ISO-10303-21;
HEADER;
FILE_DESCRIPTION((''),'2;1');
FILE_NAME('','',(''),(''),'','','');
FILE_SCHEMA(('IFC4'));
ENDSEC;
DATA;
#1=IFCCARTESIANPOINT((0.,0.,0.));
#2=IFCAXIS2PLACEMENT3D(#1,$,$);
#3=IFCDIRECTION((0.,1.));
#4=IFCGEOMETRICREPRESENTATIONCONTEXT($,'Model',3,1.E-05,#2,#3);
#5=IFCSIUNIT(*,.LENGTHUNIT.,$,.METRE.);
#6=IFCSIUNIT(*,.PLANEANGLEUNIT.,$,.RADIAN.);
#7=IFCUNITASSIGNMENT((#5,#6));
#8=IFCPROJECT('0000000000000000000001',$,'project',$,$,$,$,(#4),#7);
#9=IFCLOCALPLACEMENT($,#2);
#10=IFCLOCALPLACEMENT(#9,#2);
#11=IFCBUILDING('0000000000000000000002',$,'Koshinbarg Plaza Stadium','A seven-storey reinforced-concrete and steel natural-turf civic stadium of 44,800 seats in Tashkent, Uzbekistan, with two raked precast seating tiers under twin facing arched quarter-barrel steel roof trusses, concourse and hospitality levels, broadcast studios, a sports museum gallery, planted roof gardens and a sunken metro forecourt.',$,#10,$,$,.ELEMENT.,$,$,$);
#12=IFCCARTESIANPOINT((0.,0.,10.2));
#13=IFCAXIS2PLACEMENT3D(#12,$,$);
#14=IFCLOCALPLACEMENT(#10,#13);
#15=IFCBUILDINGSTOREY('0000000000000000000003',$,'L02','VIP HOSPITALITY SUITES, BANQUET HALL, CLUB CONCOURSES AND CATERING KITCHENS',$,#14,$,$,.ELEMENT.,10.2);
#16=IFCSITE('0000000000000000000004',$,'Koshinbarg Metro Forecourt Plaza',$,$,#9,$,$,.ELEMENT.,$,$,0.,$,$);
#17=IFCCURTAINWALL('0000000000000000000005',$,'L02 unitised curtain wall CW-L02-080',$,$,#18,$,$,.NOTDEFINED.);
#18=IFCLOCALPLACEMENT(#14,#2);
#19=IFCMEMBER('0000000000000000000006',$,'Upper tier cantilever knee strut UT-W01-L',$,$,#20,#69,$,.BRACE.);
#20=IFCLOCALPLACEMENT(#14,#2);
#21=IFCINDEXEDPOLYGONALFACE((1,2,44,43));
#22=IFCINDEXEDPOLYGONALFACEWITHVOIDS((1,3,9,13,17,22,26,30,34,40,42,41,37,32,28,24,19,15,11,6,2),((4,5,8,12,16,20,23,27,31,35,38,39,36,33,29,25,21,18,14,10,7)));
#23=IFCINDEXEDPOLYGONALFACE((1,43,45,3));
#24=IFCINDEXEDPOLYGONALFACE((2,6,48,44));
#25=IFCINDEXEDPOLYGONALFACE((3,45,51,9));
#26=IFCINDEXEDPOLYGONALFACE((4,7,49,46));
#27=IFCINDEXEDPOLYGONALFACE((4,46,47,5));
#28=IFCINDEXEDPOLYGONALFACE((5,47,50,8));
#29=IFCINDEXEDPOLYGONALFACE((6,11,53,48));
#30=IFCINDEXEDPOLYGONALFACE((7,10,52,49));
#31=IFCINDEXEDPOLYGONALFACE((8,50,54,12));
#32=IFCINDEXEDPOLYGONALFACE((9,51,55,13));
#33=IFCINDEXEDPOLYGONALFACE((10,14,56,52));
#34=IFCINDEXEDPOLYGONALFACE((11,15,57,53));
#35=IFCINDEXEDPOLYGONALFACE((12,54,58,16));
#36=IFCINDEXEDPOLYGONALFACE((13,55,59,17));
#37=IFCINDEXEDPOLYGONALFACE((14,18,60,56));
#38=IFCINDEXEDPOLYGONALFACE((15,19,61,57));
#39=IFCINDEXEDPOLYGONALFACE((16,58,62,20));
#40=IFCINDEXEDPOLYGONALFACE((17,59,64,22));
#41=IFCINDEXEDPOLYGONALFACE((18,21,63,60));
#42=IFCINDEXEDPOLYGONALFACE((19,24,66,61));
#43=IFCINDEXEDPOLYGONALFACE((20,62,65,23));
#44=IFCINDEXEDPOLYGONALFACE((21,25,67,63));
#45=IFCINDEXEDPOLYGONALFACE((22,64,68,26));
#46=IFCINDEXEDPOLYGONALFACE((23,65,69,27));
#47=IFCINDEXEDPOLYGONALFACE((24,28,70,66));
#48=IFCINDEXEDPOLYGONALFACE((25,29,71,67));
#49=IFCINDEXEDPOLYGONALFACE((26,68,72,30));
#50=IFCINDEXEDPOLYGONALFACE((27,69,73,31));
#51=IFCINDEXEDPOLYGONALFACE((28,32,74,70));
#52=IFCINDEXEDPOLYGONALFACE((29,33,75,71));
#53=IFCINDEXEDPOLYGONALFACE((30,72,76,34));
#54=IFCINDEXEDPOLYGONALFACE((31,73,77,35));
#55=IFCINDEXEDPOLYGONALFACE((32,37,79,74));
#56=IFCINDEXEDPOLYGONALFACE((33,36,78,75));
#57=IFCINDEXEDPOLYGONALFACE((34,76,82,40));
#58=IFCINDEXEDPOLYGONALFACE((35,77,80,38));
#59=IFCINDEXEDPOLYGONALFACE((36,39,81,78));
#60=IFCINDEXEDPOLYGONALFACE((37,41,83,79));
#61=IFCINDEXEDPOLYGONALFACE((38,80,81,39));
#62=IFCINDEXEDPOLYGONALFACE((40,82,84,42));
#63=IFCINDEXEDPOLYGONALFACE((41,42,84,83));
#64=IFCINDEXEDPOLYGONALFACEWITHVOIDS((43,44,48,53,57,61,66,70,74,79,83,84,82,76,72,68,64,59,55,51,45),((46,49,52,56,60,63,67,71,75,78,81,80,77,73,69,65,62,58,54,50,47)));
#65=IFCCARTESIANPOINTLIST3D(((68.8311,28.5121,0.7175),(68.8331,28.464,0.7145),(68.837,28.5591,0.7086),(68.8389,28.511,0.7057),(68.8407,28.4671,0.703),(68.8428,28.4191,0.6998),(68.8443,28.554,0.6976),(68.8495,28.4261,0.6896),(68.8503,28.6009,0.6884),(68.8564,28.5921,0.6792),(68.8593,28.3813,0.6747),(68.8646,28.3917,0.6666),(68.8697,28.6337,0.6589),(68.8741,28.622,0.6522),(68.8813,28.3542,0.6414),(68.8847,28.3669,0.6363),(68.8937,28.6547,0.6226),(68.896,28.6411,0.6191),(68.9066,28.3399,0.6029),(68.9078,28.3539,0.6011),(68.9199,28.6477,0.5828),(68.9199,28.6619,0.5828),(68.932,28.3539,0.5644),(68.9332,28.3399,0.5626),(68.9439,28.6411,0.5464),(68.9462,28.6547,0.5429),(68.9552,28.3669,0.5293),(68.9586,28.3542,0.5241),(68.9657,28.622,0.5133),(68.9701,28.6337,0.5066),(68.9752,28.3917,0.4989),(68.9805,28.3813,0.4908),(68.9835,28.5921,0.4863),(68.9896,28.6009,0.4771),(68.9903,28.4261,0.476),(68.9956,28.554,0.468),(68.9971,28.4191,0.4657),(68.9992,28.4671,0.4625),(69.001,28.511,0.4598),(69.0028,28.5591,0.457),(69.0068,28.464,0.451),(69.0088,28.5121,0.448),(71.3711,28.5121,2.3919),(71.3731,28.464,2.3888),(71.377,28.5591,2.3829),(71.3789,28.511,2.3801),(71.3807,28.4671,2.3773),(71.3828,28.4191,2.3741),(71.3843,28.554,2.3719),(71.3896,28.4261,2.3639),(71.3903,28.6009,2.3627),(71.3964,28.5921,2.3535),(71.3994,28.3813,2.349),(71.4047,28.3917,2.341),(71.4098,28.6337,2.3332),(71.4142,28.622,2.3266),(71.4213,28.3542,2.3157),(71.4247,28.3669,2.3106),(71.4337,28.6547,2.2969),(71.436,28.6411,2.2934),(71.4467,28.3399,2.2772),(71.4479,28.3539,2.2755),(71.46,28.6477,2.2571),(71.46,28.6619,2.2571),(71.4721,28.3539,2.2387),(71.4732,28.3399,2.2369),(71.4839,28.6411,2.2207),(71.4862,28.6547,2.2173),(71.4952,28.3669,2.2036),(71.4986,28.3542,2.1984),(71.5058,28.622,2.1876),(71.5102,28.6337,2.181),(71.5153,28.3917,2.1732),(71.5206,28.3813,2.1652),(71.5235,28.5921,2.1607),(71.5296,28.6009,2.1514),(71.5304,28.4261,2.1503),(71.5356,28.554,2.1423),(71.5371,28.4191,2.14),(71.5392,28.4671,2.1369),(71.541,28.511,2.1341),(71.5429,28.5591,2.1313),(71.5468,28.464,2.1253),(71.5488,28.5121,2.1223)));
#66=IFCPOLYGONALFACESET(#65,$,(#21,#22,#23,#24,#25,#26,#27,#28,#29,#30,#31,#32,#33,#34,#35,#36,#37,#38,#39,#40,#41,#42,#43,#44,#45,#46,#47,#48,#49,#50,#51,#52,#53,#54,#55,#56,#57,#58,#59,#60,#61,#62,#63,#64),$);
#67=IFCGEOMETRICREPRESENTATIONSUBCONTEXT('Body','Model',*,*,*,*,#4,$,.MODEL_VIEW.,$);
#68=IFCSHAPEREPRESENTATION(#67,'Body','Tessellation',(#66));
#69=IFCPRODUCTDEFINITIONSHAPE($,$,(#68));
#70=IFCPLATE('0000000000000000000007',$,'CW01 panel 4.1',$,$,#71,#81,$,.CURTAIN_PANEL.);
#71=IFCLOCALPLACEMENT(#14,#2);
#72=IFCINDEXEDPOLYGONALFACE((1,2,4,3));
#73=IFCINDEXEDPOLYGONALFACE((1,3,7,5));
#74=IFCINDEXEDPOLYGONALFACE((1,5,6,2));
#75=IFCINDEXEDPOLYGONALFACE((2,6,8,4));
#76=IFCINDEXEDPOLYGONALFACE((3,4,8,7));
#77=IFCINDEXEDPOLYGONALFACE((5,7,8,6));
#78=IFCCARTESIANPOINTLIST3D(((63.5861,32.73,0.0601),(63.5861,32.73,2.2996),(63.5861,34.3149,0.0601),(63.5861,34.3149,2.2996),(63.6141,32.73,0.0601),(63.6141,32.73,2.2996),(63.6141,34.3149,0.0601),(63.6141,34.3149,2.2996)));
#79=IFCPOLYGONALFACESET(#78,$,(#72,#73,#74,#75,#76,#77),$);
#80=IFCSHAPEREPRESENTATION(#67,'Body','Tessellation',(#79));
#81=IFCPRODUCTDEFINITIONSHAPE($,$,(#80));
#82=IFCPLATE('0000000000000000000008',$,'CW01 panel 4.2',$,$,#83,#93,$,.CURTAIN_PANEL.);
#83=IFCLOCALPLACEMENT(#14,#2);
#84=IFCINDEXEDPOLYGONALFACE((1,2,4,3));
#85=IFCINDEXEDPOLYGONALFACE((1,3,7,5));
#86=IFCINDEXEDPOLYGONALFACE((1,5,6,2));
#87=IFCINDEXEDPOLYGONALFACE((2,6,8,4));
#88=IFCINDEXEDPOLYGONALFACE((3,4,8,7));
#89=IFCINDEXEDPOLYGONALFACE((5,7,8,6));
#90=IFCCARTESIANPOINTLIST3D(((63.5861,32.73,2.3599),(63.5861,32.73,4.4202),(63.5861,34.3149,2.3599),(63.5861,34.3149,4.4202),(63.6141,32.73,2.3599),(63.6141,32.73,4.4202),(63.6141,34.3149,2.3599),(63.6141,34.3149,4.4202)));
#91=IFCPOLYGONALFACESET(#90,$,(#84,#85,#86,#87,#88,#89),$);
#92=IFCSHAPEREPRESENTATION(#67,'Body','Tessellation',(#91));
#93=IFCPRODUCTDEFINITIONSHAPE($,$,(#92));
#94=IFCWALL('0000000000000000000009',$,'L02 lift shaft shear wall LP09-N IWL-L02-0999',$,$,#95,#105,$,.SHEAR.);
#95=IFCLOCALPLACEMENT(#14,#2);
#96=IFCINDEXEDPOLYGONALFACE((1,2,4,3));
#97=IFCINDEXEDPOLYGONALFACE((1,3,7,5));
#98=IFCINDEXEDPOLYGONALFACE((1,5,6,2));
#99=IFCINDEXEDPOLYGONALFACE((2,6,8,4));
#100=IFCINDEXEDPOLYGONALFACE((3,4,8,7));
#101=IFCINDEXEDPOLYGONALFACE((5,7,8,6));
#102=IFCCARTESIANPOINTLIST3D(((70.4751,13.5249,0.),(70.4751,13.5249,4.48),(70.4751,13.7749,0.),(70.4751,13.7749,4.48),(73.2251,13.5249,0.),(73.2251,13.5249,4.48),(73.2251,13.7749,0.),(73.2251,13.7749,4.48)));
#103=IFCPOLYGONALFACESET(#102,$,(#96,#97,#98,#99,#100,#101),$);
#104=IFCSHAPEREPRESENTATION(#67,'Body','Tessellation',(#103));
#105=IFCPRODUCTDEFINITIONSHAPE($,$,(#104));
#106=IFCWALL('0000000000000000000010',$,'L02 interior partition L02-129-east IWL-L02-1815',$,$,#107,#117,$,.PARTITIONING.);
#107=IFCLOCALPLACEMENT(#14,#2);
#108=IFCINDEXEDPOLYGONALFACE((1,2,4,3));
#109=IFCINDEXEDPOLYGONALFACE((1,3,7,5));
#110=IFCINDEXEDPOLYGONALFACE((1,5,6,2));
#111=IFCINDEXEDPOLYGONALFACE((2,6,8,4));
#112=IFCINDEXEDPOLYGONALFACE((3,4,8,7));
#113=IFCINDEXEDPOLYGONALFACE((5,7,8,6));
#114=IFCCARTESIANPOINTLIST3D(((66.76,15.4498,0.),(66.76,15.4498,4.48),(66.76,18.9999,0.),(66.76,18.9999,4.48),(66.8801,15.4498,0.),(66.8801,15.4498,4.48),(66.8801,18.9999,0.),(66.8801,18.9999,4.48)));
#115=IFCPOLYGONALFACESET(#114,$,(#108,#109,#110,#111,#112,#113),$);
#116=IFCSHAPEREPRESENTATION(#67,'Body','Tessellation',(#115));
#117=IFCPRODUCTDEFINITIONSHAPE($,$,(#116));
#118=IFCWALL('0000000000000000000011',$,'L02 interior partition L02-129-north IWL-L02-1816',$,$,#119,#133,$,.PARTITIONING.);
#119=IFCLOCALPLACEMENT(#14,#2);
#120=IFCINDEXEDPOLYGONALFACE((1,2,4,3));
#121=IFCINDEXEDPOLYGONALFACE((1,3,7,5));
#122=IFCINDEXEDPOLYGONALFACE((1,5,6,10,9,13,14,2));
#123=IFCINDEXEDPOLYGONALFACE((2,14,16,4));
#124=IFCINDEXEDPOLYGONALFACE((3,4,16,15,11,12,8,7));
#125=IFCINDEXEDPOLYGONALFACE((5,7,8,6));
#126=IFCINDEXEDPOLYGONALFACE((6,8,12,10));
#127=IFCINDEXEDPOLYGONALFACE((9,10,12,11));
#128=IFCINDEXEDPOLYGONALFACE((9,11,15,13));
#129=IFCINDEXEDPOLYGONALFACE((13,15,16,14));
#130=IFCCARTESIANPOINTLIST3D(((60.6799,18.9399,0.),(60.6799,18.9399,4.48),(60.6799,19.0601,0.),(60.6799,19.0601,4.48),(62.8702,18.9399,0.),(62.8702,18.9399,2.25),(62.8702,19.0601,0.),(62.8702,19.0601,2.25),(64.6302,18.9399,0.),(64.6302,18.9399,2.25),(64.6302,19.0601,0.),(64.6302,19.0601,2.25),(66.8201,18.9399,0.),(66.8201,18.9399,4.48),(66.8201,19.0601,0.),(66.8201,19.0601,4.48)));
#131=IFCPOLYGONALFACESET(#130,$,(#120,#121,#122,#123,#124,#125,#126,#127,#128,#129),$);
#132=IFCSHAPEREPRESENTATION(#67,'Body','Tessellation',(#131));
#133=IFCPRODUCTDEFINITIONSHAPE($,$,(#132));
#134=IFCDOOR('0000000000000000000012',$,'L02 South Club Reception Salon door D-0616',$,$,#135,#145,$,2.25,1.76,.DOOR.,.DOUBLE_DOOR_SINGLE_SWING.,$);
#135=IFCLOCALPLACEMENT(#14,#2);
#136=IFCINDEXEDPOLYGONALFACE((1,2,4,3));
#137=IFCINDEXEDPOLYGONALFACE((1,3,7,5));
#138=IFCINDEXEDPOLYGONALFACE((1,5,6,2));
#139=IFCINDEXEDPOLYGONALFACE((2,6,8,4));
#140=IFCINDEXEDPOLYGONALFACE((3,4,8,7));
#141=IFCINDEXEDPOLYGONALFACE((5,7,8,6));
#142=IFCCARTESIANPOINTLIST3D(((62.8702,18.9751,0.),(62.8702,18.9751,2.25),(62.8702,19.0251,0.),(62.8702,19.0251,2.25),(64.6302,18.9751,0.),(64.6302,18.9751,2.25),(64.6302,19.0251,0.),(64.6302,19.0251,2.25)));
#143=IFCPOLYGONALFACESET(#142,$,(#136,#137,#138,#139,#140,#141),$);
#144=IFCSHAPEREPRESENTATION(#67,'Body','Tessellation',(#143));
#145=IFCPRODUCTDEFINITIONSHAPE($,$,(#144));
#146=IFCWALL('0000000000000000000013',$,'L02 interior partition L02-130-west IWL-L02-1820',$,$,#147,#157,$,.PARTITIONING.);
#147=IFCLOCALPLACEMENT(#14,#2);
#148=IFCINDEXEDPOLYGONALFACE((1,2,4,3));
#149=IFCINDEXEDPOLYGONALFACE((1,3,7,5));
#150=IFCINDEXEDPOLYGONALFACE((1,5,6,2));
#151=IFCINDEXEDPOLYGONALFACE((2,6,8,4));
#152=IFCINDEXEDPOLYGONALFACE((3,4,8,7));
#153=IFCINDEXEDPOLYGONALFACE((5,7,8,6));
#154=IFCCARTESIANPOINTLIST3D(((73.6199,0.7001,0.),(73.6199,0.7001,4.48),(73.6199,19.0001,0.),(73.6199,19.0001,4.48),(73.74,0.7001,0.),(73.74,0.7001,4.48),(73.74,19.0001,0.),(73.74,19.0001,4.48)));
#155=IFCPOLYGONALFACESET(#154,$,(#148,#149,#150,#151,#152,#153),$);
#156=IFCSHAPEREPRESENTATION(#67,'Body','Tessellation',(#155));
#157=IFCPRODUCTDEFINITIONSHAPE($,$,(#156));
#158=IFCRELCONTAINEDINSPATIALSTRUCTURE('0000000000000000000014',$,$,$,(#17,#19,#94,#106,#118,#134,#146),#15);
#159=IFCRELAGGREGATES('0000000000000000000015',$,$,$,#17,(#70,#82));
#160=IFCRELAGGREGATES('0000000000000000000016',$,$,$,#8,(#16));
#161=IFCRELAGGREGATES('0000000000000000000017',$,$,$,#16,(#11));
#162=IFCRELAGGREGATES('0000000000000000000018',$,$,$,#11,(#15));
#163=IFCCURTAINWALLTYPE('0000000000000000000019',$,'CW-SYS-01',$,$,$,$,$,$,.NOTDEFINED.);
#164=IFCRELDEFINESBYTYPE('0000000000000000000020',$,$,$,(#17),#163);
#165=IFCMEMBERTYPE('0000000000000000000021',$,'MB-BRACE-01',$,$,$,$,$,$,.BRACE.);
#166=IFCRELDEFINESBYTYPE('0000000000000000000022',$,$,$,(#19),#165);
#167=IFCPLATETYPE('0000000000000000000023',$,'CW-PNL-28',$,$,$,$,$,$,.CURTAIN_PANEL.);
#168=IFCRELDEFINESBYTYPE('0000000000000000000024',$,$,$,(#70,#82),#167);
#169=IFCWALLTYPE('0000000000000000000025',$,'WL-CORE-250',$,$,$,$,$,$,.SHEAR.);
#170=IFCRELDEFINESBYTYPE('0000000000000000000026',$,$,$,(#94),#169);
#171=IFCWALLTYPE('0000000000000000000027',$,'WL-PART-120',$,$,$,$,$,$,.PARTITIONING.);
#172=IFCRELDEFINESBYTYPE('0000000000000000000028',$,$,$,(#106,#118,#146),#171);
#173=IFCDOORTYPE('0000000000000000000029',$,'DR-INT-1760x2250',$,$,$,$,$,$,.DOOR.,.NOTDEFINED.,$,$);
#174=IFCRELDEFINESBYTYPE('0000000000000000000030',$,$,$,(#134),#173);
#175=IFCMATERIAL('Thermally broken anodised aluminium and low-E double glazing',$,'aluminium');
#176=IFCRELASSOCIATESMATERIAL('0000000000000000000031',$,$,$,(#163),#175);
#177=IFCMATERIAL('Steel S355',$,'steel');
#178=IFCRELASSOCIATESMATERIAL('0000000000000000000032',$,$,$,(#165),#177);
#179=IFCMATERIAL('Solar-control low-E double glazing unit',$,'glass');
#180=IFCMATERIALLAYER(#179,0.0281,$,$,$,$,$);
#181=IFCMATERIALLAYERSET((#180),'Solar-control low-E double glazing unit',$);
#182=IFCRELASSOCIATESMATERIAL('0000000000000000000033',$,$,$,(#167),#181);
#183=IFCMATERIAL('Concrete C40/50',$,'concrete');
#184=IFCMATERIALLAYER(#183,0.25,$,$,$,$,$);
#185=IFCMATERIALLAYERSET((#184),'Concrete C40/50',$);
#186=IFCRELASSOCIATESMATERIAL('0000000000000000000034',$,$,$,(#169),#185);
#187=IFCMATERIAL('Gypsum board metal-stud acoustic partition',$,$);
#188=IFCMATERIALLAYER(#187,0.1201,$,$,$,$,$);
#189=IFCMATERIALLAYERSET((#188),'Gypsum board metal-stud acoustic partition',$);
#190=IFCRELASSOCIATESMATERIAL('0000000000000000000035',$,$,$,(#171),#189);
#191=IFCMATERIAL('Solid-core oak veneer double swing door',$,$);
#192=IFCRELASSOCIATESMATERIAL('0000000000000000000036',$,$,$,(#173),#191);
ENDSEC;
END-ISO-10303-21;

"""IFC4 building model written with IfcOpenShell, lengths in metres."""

from ifc_helpers import new_model, si_unit, direction, frame, frame_2d, origin, origin_2d, place, context, subcontext, project, spatial, rectangle, hollow_circle, extrude, material, layer, layer_set, material_profile, profile_set, type_object, element, fill, aggregate, save


model = new_model("IFC4")

# Units and contexts
model_context = context("Model", 3, precision=1e-05, world=origin(), true_north=direction((0.0, 1.0)))
body_context = subcontext(model_context, "Body", "Model", "MODEL_VIEW")
ifc_project = project(units=[si_unit("LENGTHUNIT", "METRE"), si_unit("PLANEANGLEUNIT", "RADIAN")], contexts=[model_context])

# Site, building, storey
site_placement = place(None, origin())
site = spatial("IfcSite", under=ifc_project, at=site_placement, Name="Koshinbarg Metro Forecourt Plaza", CompositionType="ELEMENT", RefElevation=0.0)
building_placement = place(site_placement, origin())
building = spatial("IfcBuilding", under=site, at=building_placement, Name="Koshinbarg Plaza Stadium", Description="A seven-storey reinforced-concrete and steel natural-turf civic stadium of 44,800 seats in Tashkent, Uzbekistan, with two raked precast seating tiers under twin facing arched quarter-barrel steel roof trusses, concourse and hospitality levels, broadcast studios, a sports museum gallery, planted roof gardens and a sunken metro forecourt.", CompositionType="ELEMENT")
storey_placement = place(building_placement, frame((0.0, 0.0, 10.2)))
storey = spatial("IfcBuildingStorey", under=building, at=storey_placement, Name="L02", Description="VIP HOSPITALITY SUITES, BANQUET HALL, CLUB CONCOURSES AND CATERING KITCHENS", CompositionType="ELEMENT", Elevation=10.2)

# Shared definitions
ifc_material_1 = material(Name="Concrete C40/50", Category="concrete")

# Shared definitions
ifc_material_2 = material(Name="Steel S355", Category="steel")

# Curtain wall
ifc_material_3 = material(Name="Thermally broken anodised aluminium and low-E double glazing", Category="aluminium")
curtain_wall_type = type_object("IfcCurtainWallType", Name="CW-SYS-01", PredefinedType="NOTDEFINED", material=ifc_material_3)
curtain_wall_placement = place(storey_placement, origin())
curtain_wall = element("IfcCurtainWall", 1, at=curtain_wall_placement, inside=storey, type_object=curtain_wall_type, Name="L02 unitised curtain wall CW-L02-080", PredefinedType="NOTDEFINED")

# Member
ifc_material_profile_1 = material_profile(ifc_material_2, hollow_circle(Radius=0.1619, WallThickness=0.0142, at=origin_2d()), Name="CHS 323.9x14.2")
ifc_profile_set_1 = profile_set([ifc_material_profile_1], Name="Steel S355")
member_type_1 = type_object("IfcMemberType", Name="MB-BRACE-01", PredefinedType="BRACE", material=ifc_profile_set_1)
member_1_placement = place(storey_placement, frame((68.9199, 28.5, 0.5828), z_axis=(0.834928, 0.0, 0.550359), x_axis=(0.0, 1.0, 0.0)))
element("IfcMember", 2, at=member_1_placement, inside=storey, type_object=member_type_1, Name="Upper tier cantilever knee strut UT-W01-L", PredefinedType="BRACE", context=body_context, shape_type="SweptSolid", body=[
    extrude(hollow_circle(Radius=0.1619, WallThickness=0.0142, at=origin_2d()), origin(), (0.0, 0.0, 1.0), 3.0422),
])

# Plates
ifc_material_4 = material(Name="Solar-control low-E double glazing unit", Category="glass")
ifc_layer_1 = layer(ifc_material_4, 0.0281)
ifc_layer_set_1 = layer_set([ifc_layer_1], Name="Solar-control low-E double glazing unit")
plate_type = type_object("IfcPlateType", Name="CW-PNL-28", PredefinedType="CURTAIN_PANEL", material=ifc_layer_set_1)
plate_1_placement = place(storey_placement, frame((63.6001, 33.5225, 0.0601), z_axis=(0.0, 0.0, 1.0), x_axis=(0.0, -1.0, 0.0)))
plate_1 = element("IfcPlate", 3, at=plate_1_placement, type_object=plate_type, Name="CW01 panel 4.1", PredefinedType="CURTAIN_PANEL", context=body_context, shape_type="SweptSolid", body=[
    extrude(rectangle(XDim=1.585, YDim=0.0281, at=origin_2d()), origin(), (0.0, 0.0, 1.0), 2.2395),
])
plate_2_placement = place(storey_placement, frame((63.6001, 33.5225, 2.3599), z_axis=(0.0, 0.0, 1.0), x_axis=(0.0, -1.0, 0.0)))
plate_2 = element("IfcPlate", 4, at=plate_2_placement, type_object=plate_type, Name="CW01 panel 4.2", PredefinedType="CURTAIN_PANEL", context=body_context, shape_type="SweptSolid", body=[
    extrude(rectangle(XDim=1.585, YDim=0.0281, at=origin_2d()), origin(), (0.0, 0.0, 1.0), 2.0603),
])
aggregate(curtain_wall, [plate_1, plate_2])

# Walls
ifc_layer_2 = layer(ifc_material_1, 0.25)
ifc_layer_set_2 = layer_set([ifc_layer_2], Name="Concrete C40/50")
wall_type_1 = type_object("IfcWallType", Name="WL-CORE-250", PredefinedType="SHEAR", material=ifc_layer_set_2)
wall_1_placement = place(storey_placement, frame((73.2251, 13.6499, 0.0), z_axis=(0.0, 0.0, 1.0), x_axis=(-1.0, 0.0, 0.0)))
element("IfcWall", 5, at=wall_1_placement, inside=storey, type_object=wall_type_1, Name="L02 lift shaft shear wall LP09-N IWL-L02-0999", PredefinedType="SHEAR", context=body_context, shape_type="SweptSolid", body=[
    extrude(rectangle(XDim=2.75, YDim=0.25, at=frame_2d((1.375, 0.0))), origin(), (0.0, 0.0, 1.0), 4.48),
])
ifc_material_5 = material(Name="Gypsum board metal-stud acoustic partition")
ifc_layer_3 = layer(ifc_material_5, 0.1201)
ifc_layer_set_3 = layer_set([ifc_layer_3], Name="Gypsum board metal-stud acoustic partition")
wall_type_2 = type_object("IfcWallType", Name="WL-PART-120", PredefinedType="PARTITIONING", material=ifc_layer_set_3)
wall_2_placement = place(storey_placement, frame((66.8201, 15.45, 0.0), z_axis=(0.0, 0.0, 1.0), x_axis=(0.0, 1.0, 0.0)))
element("IfcWall", 6, at=wall_2_placement, inside=storey, type_object=wall_type_2, Name="L02 interior partition L02-129-east IWL-L02-1815", PredefinedType="PARTITIONING", context=body_context, shape_type="SweptSolid", body=[
    extrude(rectangle(XDim=3.55, YDim=0.1201, at=frame_2d((1.7749, 0.0))), origin(), (0.0, 0.0, 1.0), 4.48),
])

# Wall, opening, door
wall_3_placement = place(storey_placement, frame((66.8201, 19.0, 0.0), z_axis=(0.0, 0.0, 1.0), x_axis=(-1.0, 0.0, 0.0)))
wall_3 = element("IfcWall", 7, at=wall_3_placement, inside=storey, type_object=wall_type_2, Name="L02 interior partition L02-129-north IWL-L02-1816", PredefinedType="PARTITIONING", context=body_context, shape_type="SweptSolid", body=[
    extrude(rectangle(XDim=6.1401, YDim=0.1201, at=frame_2d((3.0701, 0.0))), origin(), (0.0, 0.0, 1.0), 4.48),
])
opening_placement = place(wall_3_placement, frame((2.1899, 0.0, 0.0)))
opening = element("IfcOpeningElement", 8, at=opening_placement, cuts=wall_3, PredefinedType="OPENING", context=body_context, shape_type="SweptSolid", body=[
    extrude(rectangle(XDim=1.76, YDim=2.25, at=frame_2d((0.8799, 1.125))), frame((0.0, 0.0701, 0.0), z_axis=(0.0, -1.0, 0.0), x_axis=(1.0, 0.0, 0.0)), (0.0, 0.0, 1.0), 0.1401),
])
ifc_material_6 = material(Name="Solid-core oak veneer double swing door")
door_type = type_object("IfcDoorType", Name="DR-INT-1760x2250", OperationType="NOTDEFINED", PredefinedType="DOOR", material=ifc_material_6)
door_placement = place(opening_placement, origin())
door = element("IfcDoor", 9, at=door_placement, inside=storey, type_object=door_type, Name="L02 South Club Reception Salon door D-0616", OperationType="DOUBLE_DOOR_SINGLE_SWING", OverallHeight=2.25, OverallWidth=1.76, PredefinedType="DOOR", context=body_context, shape_type="SweptSolid", body=[
    extrude(rectangle(XDim=1.76, YDim=2.25, at=frame_2d((0.8799, 1.125))), frame((0.0, 0.0249, 0.0), z_axis=(0.0, -1.0, 0.0), x_axis=(1.0, 0.0, 0.0)), (0.0, 0.0, 1.0), 0.05),
])
fill(opening, door)

# Wall
wall_4_placement = place(storey_placement, frame((73.6799, 19.0, 0.0), z_axis=(0.0, 0.0, 1.0), x_axis=(0.0, -1.0, 0.0)))
element("IfcWall", 10, at=wall_4_placement, inside=storey, type_object=wall_type_2, Name="L02 interior partition L02-130-west IWL-L02-1820", PredefinedType="PARTITIONING", context=body_context, shape_type="SweptSolid", body=[
    extrude(rectangle(XDim=18.3, YDim=0.1201, at=frame_2d((9.1499, 0.0))), origin(), (0.0, 0.0, 1.0), 4.48),
])

save(model, "model.ifc")
